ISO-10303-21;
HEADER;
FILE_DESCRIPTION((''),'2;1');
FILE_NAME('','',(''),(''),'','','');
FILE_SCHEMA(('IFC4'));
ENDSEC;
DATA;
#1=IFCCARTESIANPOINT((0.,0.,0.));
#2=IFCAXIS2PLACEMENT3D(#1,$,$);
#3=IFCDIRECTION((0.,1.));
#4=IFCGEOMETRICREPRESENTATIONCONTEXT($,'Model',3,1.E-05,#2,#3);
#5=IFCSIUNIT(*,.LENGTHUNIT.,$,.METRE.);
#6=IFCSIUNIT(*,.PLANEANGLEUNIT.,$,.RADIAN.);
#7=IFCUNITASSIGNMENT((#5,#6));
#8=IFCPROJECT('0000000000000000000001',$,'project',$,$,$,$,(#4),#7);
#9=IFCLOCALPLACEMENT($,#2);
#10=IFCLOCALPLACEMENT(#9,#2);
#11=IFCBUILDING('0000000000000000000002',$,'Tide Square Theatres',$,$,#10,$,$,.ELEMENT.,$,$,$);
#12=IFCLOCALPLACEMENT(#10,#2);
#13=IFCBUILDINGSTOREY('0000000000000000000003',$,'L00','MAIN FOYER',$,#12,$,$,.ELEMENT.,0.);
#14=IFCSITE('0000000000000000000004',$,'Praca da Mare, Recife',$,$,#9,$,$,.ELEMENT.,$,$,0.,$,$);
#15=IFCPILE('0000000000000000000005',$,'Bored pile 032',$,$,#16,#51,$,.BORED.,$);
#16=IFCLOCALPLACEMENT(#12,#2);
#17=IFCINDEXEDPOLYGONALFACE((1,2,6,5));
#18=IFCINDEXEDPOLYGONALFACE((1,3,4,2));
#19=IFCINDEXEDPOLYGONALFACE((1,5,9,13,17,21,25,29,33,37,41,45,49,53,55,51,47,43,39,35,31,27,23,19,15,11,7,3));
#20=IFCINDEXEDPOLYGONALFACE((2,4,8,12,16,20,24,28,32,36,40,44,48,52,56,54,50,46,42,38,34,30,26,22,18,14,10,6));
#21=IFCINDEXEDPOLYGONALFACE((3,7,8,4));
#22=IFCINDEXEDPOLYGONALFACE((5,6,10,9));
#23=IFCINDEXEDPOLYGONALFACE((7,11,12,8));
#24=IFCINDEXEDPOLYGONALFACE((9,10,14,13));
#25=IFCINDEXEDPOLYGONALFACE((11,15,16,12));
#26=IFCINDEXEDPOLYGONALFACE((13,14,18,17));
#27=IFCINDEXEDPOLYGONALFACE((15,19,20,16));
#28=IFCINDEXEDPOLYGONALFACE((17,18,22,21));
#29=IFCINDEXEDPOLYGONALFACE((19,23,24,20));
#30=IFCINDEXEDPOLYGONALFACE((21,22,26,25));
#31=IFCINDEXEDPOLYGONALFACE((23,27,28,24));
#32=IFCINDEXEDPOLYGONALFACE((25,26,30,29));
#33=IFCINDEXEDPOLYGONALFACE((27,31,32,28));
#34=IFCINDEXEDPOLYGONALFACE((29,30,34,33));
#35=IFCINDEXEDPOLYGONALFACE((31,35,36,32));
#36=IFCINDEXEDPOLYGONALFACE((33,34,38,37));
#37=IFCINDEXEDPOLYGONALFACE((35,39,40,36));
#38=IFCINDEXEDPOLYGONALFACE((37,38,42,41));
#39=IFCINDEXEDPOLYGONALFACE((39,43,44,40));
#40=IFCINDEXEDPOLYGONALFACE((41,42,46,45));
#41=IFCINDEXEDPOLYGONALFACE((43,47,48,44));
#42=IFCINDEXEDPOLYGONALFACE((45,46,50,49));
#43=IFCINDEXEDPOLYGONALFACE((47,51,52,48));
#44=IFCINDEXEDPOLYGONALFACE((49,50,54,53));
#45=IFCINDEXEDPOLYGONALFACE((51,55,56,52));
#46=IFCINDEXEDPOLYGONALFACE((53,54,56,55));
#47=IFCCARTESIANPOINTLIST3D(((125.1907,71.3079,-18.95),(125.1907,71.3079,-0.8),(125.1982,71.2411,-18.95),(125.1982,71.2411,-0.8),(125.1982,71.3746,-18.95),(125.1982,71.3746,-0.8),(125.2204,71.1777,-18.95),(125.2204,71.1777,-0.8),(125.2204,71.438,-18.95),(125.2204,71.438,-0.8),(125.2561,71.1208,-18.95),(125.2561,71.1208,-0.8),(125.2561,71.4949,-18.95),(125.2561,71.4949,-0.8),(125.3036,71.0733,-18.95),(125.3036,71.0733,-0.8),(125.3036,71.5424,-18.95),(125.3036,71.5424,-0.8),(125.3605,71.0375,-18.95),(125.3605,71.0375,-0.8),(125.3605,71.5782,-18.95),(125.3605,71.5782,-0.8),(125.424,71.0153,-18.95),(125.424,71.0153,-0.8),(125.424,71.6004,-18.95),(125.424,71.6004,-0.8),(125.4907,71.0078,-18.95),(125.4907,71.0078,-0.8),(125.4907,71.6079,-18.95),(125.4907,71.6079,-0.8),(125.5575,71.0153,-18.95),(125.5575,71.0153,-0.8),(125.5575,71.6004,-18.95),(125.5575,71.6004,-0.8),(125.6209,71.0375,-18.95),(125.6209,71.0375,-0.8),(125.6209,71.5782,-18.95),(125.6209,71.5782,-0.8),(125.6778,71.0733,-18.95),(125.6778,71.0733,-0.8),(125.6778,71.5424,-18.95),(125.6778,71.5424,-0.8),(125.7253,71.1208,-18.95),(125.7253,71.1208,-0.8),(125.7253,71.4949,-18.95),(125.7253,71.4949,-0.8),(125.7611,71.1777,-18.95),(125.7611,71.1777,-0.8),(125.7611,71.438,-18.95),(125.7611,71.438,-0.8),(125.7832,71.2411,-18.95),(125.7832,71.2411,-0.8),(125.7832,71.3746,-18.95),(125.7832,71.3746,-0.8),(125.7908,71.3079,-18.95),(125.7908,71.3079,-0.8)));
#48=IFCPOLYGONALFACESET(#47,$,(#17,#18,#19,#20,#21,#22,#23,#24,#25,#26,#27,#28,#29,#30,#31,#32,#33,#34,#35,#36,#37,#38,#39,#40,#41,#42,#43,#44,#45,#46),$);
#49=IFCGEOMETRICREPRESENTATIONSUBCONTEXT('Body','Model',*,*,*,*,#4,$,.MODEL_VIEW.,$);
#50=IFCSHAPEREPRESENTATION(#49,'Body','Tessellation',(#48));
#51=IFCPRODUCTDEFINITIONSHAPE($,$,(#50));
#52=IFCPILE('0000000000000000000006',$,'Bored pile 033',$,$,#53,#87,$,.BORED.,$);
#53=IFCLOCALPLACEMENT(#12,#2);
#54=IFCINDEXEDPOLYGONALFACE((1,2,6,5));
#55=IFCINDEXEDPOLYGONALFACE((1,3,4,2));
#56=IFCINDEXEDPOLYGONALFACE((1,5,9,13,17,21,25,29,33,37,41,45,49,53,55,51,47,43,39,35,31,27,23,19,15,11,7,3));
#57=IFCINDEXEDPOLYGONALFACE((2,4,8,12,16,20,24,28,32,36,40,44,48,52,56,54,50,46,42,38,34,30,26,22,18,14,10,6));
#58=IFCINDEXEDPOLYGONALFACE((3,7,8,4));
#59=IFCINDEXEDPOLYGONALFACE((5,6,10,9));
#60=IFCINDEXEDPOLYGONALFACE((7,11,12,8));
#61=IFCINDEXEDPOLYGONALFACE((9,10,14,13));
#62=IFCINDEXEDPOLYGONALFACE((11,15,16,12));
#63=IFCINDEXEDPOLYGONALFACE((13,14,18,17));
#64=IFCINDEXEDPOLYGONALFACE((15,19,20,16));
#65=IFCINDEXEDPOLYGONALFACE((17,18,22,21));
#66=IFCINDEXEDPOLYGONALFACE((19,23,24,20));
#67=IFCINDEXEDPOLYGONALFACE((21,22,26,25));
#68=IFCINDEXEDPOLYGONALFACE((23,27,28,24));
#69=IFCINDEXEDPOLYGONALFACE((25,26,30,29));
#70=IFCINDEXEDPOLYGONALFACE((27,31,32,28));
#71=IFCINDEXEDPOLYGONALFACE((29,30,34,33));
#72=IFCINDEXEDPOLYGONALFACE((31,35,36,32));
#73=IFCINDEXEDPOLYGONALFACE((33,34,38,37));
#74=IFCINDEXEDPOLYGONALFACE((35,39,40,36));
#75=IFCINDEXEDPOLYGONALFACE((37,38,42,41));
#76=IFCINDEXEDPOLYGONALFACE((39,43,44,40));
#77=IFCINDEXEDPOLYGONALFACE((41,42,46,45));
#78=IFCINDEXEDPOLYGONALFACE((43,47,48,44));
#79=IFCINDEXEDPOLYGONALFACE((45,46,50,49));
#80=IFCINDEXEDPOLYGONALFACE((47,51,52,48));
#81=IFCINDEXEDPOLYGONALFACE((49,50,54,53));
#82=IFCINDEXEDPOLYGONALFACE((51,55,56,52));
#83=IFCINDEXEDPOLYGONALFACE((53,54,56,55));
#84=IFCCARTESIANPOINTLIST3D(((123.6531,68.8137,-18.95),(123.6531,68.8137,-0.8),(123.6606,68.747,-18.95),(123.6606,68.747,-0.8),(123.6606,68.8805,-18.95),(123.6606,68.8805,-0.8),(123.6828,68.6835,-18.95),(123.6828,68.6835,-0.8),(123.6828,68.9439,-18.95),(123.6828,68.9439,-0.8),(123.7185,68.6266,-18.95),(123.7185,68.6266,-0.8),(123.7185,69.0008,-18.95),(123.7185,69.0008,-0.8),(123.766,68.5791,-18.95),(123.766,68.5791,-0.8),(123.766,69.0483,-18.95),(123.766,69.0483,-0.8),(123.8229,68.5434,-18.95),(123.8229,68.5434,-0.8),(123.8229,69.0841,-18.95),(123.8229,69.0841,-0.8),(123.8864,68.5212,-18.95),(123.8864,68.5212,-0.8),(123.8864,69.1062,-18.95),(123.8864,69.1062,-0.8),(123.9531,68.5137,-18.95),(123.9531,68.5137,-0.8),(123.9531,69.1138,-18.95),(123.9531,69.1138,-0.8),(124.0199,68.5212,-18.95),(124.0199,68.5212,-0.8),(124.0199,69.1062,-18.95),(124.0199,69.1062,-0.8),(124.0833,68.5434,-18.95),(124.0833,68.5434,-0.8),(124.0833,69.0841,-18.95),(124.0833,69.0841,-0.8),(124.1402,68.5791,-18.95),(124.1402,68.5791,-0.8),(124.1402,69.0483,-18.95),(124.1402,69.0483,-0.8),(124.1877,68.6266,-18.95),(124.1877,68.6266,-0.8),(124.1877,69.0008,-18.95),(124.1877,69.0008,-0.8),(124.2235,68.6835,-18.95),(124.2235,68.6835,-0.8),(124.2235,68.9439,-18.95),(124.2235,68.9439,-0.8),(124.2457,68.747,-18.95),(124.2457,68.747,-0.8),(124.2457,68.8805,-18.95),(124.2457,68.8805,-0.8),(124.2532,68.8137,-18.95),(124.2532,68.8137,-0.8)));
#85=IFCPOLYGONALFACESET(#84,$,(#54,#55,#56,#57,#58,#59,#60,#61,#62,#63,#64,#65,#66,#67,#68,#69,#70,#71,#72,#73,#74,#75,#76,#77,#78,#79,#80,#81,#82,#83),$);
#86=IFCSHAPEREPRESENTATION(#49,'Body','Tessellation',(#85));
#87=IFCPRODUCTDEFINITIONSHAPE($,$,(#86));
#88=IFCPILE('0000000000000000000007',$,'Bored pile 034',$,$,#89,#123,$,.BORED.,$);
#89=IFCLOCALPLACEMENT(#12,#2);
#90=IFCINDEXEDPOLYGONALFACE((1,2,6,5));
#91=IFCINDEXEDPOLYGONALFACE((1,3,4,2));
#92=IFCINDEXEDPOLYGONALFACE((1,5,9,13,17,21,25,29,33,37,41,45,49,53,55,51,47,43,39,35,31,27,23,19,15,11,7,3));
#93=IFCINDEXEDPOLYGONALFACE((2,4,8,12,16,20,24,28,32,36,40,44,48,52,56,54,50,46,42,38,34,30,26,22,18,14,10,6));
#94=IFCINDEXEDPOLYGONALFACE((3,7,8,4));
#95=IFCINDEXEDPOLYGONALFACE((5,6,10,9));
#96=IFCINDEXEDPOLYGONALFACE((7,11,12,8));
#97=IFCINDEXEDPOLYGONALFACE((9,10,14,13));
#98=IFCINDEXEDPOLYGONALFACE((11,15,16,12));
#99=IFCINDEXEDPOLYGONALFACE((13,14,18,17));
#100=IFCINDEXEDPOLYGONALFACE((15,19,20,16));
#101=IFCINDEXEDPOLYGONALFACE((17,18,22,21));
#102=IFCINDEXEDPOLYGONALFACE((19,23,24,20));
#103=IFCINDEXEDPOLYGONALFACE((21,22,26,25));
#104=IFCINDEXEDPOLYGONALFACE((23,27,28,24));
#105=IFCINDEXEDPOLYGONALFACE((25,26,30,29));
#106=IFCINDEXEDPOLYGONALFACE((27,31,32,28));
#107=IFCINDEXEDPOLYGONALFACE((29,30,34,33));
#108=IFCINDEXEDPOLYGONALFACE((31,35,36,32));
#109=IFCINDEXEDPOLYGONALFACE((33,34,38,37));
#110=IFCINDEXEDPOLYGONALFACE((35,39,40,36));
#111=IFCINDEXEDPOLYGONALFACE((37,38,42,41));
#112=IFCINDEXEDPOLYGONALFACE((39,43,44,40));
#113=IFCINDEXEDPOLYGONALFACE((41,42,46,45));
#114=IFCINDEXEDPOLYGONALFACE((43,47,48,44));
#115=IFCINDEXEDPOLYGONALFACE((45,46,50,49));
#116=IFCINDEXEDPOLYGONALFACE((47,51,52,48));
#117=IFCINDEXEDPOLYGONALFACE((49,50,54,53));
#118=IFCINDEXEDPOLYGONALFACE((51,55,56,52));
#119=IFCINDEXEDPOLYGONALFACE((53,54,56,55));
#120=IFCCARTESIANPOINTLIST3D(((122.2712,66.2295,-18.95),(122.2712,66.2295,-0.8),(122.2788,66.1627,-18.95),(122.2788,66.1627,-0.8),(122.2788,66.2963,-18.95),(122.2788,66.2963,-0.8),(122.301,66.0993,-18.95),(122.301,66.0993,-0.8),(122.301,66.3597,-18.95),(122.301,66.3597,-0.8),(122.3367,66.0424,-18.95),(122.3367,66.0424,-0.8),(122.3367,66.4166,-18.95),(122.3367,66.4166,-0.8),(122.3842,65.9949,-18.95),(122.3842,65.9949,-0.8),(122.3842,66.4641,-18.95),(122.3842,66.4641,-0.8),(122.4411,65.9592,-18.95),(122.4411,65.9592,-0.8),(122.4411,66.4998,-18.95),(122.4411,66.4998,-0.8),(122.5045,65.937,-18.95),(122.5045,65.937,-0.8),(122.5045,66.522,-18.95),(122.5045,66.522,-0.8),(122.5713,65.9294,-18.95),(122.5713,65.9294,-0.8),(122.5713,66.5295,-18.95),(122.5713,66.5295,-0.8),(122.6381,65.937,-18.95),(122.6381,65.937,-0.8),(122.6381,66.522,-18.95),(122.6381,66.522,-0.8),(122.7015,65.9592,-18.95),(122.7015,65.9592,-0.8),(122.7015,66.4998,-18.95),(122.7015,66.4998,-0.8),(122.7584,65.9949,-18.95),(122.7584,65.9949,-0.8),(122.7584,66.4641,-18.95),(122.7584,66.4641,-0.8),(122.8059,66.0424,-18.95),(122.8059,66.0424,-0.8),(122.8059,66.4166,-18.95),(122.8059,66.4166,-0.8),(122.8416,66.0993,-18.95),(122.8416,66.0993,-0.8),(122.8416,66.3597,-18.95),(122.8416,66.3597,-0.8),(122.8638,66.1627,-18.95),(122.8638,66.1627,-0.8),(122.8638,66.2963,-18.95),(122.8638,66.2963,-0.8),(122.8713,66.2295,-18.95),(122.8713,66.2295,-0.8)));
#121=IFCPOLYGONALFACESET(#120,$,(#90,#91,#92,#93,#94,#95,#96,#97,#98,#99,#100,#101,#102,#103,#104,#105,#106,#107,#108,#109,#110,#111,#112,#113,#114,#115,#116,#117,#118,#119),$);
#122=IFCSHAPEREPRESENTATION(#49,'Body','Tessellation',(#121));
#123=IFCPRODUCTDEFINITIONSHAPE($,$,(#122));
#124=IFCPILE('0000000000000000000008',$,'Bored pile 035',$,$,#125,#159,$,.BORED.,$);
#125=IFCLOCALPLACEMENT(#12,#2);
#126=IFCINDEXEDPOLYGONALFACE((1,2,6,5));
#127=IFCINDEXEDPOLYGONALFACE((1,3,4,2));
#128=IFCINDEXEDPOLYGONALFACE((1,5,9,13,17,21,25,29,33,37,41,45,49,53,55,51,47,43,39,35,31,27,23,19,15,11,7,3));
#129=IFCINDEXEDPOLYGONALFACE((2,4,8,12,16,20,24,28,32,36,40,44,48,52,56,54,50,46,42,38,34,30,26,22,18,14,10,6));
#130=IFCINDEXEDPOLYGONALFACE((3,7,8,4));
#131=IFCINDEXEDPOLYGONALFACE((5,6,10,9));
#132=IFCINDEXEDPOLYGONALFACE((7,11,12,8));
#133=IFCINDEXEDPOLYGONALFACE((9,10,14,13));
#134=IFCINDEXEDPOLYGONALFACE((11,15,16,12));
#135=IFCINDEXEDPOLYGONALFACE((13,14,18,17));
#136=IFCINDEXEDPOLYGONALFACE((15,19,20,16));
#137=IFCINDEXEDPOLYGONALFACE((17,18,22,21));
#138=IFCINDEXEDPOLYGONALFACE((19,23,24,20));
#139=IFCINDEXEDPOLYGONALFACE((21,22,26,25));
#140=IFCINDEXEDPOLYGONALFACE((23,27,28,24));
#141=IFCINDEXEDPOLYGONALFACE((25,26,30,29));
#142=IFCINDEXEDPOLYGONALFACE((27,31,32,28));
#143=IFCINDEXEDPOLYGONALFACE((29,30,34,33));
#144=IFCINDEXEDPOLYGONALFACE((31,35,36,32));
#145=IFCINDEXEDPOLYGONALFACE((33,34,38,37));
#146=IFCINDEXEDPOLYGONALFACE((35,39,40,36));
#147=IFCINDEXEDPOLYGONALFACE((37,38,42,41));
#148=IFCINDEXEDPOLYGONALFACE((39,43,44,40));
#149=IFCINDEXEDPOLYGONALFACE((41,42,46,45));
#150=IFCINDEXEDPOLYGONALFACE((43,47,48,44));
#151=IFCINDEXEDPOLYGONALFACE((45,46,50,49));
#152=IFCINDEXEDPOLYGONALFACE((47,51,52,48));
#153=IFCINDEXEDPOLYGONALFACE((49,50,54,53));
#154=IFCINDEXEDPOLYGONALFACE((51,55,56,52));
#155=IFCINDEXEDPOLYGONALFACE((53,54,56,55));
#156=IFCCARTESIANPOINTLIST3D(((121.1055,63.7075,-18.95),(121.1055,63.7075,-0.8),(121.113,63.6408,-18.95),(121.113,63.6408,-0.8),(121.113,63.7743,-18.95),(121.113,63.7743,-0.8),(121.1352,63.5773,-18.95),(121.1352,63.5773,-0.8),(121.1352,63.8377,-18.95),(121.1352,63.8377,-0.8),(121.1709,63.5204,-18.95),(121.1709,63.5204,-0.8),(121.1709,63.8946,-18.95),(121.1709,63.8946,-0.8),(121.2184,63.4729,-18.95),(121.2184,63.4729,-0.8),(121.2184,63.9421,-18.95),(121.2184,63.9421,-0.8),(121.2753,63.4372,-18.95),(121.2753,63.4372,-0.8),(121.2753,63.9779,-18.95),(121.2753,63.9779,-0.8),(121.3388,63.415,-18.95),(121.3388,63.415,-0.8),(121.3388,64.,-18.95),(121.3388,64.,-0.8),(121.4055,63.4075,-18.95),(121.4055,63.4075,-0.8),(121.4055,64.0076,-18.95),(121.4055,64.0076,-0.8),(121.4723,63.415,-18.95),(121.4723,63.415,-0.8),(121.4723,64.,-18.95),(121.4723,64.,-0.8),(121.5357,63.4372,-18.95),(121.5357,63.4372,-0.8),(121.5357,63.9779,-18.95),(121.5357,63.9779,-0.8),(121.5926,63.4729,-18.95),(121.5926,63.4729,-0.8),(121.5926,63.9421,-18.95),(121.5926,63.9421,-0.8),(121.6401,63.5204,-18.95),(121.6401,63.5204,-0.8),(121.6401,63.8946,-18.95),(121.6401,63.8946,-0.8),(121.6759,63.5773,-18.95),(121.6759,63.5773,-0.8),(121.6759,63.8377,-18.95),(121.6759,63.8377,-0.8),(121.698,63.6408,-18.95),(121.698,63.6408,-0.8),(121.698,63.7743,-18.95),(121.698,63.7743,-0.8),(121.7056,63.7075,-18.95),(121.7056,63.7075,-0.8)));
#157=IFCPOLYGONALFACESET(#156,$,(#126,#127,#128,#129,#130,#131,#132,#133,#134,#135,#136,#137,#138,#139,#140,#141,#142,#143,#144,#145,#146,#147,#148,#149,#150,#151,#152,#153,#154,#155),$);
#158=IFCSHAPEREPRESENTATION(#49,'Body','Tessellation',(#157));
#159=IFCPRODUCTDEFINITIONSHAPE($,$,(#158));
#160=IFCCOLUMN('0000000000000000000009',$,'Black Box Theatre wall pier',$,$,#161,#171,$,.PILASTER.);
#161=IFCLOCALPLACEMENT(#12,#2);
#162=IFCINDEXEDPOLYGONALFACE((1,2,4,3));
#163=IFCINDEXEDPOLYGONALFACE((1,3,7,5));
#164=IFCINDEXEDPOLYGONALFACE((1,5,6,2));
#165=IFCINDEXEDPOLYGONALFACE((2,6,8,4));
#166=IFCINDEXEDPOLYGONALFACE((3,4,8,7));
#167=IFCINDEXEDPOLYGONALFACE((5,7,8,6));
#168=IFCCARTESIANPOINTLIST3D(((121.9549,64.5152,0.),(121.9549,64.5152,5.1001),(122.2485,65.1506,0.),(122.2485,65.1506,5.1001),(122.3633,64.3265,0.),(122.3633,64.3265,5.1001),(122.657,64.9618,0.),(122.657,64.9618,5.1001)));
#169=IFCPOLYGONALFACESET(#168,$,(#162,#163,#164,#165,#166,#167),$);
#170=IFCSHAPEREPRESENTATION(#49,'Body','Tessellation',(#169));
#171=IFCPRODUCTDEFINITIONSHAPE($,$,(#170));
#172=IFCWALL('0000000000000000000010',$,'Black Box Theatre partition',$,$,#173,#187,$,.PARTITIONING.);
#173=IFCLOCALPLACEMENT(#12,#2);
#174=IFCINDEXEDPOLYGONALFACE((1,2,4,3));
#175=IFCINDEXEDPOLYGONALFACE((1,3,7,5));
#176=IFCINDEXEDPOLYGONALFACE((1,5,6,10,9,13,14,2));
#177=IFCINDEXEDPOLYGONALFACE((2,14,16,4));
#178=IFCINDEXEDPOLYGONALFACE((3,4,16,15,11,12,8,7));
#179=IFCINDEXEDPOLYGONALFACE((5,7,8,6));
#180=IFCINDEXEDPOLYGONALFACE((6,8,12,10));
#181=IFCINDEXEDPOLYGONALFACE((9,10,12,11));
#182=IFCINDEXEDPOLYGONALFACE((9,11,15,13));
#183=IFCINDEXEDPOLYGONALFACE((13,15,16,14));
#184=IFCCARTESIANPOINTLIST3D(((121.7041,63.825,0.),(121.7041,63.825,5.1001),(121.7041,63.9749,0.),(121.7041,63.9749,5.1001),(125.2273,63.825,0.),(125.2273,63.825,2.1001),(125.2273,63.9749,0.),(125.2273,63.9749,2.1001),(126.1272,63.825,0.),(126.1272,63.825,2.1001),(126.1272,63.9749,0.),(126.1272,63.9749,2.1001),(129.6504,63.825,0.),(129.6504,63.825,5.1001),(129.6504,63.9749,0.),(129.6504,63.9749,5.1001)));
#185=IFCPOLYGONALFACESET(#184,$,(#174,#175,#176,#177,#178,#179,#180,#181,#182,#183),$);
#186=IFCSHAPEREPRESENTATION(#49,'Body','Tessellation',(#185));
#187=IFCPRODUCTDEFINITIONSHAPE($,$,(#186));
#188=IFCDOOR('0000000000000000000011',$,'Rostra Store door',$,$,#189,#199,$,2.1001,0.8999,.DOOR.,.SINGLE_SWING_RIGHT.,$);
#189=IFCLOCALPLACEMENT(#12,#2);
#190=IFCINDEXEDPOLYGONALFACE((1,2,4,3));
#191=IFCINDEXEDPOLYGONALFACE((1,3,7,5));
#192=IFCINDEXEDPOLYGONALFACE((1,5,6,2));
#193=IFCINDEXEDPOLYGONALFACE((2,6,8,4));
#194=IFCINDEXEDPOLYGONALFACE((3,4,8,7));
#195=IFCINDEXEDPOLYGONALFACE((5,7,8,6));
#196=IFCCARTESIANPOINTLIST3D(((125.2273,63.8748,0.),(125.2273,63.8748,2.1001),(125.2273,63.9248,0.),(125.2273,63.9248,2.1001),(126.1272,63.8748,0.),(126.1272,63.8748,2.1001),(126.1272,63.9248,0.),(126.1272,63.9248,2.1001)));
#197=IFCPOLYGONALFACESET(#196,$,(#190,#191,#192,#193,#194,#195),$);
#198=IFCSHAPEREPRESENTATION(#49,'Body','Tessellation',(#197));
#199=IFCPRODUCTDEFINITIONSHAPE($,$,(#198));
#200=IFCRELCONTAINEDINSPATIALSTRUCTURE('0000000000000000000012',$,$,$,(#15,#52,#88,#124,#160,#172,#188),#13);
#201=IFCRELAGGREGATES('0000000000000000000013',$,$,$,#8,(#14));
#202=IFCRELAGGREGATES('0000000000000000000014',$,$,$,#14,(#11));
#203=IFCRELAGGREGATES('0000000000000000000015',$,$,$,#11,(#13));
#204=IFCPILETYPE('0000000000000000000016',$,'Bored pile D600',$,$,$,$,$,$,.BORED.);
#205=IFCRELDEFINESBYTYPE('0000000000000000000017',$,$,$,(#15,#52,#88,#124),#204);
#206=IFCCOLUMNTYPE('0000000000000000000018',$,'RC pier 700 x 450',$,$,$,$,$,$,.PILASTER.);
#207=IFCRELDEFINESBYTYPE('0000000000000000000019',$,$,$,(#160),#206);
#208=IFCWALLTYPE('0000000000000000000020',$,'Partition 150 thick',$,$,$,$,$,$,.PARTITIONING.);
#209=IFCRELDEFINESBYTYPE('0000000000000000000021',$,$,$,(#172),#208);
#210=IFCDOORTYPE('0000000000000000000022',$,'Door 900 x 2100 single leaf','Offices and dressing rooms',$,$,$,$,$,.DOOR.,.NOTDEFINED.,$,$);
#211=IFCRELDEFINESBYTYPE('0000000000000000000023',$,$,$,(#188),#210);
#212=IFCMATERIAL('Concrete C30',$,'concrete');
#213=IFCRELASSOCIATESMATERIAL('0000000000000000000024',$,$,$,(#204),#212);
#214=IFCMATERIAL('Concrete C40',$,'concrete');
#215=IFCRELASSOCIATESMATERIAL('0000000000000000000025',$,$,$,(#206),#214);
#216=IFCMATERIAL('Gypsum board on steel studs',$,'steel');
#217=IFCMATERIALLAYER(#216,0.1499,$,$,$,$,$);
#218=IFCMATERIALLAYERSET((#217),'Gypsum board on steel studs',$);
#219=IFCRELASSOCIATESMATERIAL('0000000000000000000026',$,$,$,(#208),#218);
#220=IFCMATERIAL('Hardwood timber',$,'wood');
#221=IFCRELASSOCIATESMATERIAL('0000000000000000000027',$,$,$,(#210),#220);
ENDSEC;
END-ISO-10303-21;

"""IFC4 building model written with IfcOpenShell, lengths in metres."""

from ifc_helpers import new_model, si_unit, direction, frame, frame_2d, origin, origin_2d, place, context, subcontext, project, spatial, rectangle, circle, extrude, material, layer, layer_set, material_profile, profile_set, type_object, element, fill, save


model = new_model("IFC4")

# Units and contexts
model_context = context("Model", 3, precision=1e-05, world=origin(), true_north=direction((0.0, 1.0)))
body_context = subcontext(model_context, "Body", "Model", "MODEL_VIEW")
ifc_project = project(units=[si_unit("LENGTHUNIT", "METRE"), si_unit("PLANEANGLEUNIT", "RADIAN")], contexts=[model_context])

# Site, building, storey
site_placement = place(None, origin())
site = spatial("IfcSite", under=ifc_project, at=site_placement, Name="Praca da Mare, Recife", CompositionType="ELEMENT", RefElevation=0.0)
building_placement = place(site_placement, origin())
building = spatial("IfcBuilding", under=site, at=building_placement, Name="Tide Square Theatres", CompositionType="ELEMENT")
storey_placement = place(building_placement, origin())
storey = spatial("IfcBuildingStorey", under=building, at=storey_placement, Name="L00", Description="MAIN FOYER", CompositionType="ELEMENT", Elevation=0.0)

# Piles
ifc_material_1 = material(Name="Concrete C30", Category="concrete")
ifc_material_profile_1 = material_profile(ifc_material_1, circle(Radius=0.3, at=origin_2d()))
ifc_profile_set_1 = profile_set([ifc_material_profile_1], Name="Concrete C30")
pile_type = type_object("IfcPileType", Name="Bored pile D600", PredefinedType="BORED", material=ifc_profile_set_1)
for number, where, z_axis, x_axis, name in (
    (1, (125.4907, 71.3079, -0.8), (0.0, 0.0, -1.0), (1.0, 0.0, 0.0), "Bored pile 032"),
    (2, (123.9531, 68.8137, -0.8), (0.0, 0.0, -1.0), (1.0, 0.0, 0.0), "Bored pile 033"),
    (3, (122.5713, 66.2295, -0.8), (0.0, 0.0, -1.0), (1.0, 0.0, 0.0), "Bored pile 034"),
    (4, (121.4055, 63.7075, -0.8), (0.0, 0.0, -1.0), (1.0, 0.0, 0.0), "Bored pile 035"),
):
    element("IfcPile", number, at=place(storey_placement, frame(where, z_axis=z_axis, x_axis=x_axis)), inside=storey, type_object=pile_type, Name=name, PredefinedType="BORED", context=body_context, shape_type="SweptSolid", body=[
        extrude(circle(Radius=0.3, at=origin_2d()), origin(), (0.0, 0.0, 1.0), 18.1499),
    ])

# Column
ifc_material_2 = material(Name="Concrete C40", Category="concrete")
ifc_material_profile_2 = material_profile(ifc_material_2, rectangle(XDim=0.7, YDim=0.45, at=origin_2d()))
ifc_profile_set_2 = profile_set([ifc_material_profile_2], Name="Concrete C40")
column_type = type_object("IfcColumnType", Name="RC pier 700 x 450", PredefinedType="PILASTER", material=ifc_profile_set_2)
column_placement = place(storey_placement, frame((122.3059, 64.7385, 0.0), z_axis=(0.0, 0.0, 1.0), x_axis=(-0.41956, -0.907728, 0.0)))
element("IfcColumn", 5, at=column_placement, inside=storey, type_object=column_type, Name="Black Box Theatre wall pier", PredefinedType="PILASTER", context=body_context, shape_type="SweptSolid", body=[
    extrude(rectangle(XDim=0.7, YDim=0.45, at=origin_2d()), origin(), (0.0, 0.0, 1.0), 5.1001),
])

# Wall, opening, door
ifc_material_3 = material(Name="Gypsum board on steel studs", Category="steel")
ifc_layer_1 = layer(ifc_material_3, 0.1499)
ifc_layer_set_1 = layer_set([ifc_layer_1], Name="Gypsum board on steel studs")
wall_type_1 = type_object("IfcWallType", Name="Partition 150 thick", PredefinedType="PARTITIONING", material=ifc_layer_set_1)
wall_1_placement = place(storey_placement, frame((121.7041, 63.8999, 0.0), z_axis=(0.0, 0.0, 1.0), x_axis=(1.0, 0.0, 0.0)))
wall_1 = element("IfcWall", 6, at=wall_1_placement, inside=storey, type_object=wall_type_1, Name="Black Box Theatre partition", PredefinedType="PARTITIONING", context=body_context, shape_type="SweptSolid", body=[
    extrude(rectangle(XDim=7.9463, YDim=0.1499, at=frame_2d((3.9731, 0.0))), origin(), (0.0, 0.0, 1.0), 5.1001),
])
opening_1_placement = place(wall_1_placement, frame((3.5232, 0.0, 0.0)))
opening_1 = element("IfcOpeningElement", 7, at=opening_1_placement, cuts=wall_1, PredefinedType="OPENING", context=body_context, shape_type="SweptSolid", body=[
    extrude(rectangle(XDim=0.8999, YDim=2.1001, at=frame_2d((0.45, 1.05))), frame((0.0, 0.085, 0.0), z_axis=(0.0, -1.0, 0.0), x_axis=(1.0, 0.0, 0.0)), (0.0, 0.0, 1.0), 0.1699),
])
ifc_material_4 = material(Name="Hardwood timber", Category="wood")
door_type_1 = type_object("IfcDoorType", Name="Door 900 x 2100 single leaf", Description="Offices and dressing rooms", OperationType="NOTDEFINED", PredefinedType="DOOR", material=ifc_material_4)
door_1_placement = place(opening_1_placement, origin())
door_1 = element("IfcDoor", 8, at=door_1_placement, inside=storey, type_object=door_type_1, Name="Rostra Store door", OperationType="SINGLE_SWING_RIGHT", OverallHeight=2.1001, OverallWidth=0.8999, PredefinedType="DOOR", context=body_context, shape_type="SweptSolid", body=[
    extrude(rectangle(XDim=0.8999, YDim=2.1001, at=frame_2d((0.45, 1.05))), frame((0.0, 0.0249, 0.0), z_axis=(0.0, -1.0, 0.0), x_axis=(1.0, 0.0, 0.0)), (0.0, 0.0, 1.0), 0.05),
])
fill(opening_1, door_1)

save(model, "model.ifc")
